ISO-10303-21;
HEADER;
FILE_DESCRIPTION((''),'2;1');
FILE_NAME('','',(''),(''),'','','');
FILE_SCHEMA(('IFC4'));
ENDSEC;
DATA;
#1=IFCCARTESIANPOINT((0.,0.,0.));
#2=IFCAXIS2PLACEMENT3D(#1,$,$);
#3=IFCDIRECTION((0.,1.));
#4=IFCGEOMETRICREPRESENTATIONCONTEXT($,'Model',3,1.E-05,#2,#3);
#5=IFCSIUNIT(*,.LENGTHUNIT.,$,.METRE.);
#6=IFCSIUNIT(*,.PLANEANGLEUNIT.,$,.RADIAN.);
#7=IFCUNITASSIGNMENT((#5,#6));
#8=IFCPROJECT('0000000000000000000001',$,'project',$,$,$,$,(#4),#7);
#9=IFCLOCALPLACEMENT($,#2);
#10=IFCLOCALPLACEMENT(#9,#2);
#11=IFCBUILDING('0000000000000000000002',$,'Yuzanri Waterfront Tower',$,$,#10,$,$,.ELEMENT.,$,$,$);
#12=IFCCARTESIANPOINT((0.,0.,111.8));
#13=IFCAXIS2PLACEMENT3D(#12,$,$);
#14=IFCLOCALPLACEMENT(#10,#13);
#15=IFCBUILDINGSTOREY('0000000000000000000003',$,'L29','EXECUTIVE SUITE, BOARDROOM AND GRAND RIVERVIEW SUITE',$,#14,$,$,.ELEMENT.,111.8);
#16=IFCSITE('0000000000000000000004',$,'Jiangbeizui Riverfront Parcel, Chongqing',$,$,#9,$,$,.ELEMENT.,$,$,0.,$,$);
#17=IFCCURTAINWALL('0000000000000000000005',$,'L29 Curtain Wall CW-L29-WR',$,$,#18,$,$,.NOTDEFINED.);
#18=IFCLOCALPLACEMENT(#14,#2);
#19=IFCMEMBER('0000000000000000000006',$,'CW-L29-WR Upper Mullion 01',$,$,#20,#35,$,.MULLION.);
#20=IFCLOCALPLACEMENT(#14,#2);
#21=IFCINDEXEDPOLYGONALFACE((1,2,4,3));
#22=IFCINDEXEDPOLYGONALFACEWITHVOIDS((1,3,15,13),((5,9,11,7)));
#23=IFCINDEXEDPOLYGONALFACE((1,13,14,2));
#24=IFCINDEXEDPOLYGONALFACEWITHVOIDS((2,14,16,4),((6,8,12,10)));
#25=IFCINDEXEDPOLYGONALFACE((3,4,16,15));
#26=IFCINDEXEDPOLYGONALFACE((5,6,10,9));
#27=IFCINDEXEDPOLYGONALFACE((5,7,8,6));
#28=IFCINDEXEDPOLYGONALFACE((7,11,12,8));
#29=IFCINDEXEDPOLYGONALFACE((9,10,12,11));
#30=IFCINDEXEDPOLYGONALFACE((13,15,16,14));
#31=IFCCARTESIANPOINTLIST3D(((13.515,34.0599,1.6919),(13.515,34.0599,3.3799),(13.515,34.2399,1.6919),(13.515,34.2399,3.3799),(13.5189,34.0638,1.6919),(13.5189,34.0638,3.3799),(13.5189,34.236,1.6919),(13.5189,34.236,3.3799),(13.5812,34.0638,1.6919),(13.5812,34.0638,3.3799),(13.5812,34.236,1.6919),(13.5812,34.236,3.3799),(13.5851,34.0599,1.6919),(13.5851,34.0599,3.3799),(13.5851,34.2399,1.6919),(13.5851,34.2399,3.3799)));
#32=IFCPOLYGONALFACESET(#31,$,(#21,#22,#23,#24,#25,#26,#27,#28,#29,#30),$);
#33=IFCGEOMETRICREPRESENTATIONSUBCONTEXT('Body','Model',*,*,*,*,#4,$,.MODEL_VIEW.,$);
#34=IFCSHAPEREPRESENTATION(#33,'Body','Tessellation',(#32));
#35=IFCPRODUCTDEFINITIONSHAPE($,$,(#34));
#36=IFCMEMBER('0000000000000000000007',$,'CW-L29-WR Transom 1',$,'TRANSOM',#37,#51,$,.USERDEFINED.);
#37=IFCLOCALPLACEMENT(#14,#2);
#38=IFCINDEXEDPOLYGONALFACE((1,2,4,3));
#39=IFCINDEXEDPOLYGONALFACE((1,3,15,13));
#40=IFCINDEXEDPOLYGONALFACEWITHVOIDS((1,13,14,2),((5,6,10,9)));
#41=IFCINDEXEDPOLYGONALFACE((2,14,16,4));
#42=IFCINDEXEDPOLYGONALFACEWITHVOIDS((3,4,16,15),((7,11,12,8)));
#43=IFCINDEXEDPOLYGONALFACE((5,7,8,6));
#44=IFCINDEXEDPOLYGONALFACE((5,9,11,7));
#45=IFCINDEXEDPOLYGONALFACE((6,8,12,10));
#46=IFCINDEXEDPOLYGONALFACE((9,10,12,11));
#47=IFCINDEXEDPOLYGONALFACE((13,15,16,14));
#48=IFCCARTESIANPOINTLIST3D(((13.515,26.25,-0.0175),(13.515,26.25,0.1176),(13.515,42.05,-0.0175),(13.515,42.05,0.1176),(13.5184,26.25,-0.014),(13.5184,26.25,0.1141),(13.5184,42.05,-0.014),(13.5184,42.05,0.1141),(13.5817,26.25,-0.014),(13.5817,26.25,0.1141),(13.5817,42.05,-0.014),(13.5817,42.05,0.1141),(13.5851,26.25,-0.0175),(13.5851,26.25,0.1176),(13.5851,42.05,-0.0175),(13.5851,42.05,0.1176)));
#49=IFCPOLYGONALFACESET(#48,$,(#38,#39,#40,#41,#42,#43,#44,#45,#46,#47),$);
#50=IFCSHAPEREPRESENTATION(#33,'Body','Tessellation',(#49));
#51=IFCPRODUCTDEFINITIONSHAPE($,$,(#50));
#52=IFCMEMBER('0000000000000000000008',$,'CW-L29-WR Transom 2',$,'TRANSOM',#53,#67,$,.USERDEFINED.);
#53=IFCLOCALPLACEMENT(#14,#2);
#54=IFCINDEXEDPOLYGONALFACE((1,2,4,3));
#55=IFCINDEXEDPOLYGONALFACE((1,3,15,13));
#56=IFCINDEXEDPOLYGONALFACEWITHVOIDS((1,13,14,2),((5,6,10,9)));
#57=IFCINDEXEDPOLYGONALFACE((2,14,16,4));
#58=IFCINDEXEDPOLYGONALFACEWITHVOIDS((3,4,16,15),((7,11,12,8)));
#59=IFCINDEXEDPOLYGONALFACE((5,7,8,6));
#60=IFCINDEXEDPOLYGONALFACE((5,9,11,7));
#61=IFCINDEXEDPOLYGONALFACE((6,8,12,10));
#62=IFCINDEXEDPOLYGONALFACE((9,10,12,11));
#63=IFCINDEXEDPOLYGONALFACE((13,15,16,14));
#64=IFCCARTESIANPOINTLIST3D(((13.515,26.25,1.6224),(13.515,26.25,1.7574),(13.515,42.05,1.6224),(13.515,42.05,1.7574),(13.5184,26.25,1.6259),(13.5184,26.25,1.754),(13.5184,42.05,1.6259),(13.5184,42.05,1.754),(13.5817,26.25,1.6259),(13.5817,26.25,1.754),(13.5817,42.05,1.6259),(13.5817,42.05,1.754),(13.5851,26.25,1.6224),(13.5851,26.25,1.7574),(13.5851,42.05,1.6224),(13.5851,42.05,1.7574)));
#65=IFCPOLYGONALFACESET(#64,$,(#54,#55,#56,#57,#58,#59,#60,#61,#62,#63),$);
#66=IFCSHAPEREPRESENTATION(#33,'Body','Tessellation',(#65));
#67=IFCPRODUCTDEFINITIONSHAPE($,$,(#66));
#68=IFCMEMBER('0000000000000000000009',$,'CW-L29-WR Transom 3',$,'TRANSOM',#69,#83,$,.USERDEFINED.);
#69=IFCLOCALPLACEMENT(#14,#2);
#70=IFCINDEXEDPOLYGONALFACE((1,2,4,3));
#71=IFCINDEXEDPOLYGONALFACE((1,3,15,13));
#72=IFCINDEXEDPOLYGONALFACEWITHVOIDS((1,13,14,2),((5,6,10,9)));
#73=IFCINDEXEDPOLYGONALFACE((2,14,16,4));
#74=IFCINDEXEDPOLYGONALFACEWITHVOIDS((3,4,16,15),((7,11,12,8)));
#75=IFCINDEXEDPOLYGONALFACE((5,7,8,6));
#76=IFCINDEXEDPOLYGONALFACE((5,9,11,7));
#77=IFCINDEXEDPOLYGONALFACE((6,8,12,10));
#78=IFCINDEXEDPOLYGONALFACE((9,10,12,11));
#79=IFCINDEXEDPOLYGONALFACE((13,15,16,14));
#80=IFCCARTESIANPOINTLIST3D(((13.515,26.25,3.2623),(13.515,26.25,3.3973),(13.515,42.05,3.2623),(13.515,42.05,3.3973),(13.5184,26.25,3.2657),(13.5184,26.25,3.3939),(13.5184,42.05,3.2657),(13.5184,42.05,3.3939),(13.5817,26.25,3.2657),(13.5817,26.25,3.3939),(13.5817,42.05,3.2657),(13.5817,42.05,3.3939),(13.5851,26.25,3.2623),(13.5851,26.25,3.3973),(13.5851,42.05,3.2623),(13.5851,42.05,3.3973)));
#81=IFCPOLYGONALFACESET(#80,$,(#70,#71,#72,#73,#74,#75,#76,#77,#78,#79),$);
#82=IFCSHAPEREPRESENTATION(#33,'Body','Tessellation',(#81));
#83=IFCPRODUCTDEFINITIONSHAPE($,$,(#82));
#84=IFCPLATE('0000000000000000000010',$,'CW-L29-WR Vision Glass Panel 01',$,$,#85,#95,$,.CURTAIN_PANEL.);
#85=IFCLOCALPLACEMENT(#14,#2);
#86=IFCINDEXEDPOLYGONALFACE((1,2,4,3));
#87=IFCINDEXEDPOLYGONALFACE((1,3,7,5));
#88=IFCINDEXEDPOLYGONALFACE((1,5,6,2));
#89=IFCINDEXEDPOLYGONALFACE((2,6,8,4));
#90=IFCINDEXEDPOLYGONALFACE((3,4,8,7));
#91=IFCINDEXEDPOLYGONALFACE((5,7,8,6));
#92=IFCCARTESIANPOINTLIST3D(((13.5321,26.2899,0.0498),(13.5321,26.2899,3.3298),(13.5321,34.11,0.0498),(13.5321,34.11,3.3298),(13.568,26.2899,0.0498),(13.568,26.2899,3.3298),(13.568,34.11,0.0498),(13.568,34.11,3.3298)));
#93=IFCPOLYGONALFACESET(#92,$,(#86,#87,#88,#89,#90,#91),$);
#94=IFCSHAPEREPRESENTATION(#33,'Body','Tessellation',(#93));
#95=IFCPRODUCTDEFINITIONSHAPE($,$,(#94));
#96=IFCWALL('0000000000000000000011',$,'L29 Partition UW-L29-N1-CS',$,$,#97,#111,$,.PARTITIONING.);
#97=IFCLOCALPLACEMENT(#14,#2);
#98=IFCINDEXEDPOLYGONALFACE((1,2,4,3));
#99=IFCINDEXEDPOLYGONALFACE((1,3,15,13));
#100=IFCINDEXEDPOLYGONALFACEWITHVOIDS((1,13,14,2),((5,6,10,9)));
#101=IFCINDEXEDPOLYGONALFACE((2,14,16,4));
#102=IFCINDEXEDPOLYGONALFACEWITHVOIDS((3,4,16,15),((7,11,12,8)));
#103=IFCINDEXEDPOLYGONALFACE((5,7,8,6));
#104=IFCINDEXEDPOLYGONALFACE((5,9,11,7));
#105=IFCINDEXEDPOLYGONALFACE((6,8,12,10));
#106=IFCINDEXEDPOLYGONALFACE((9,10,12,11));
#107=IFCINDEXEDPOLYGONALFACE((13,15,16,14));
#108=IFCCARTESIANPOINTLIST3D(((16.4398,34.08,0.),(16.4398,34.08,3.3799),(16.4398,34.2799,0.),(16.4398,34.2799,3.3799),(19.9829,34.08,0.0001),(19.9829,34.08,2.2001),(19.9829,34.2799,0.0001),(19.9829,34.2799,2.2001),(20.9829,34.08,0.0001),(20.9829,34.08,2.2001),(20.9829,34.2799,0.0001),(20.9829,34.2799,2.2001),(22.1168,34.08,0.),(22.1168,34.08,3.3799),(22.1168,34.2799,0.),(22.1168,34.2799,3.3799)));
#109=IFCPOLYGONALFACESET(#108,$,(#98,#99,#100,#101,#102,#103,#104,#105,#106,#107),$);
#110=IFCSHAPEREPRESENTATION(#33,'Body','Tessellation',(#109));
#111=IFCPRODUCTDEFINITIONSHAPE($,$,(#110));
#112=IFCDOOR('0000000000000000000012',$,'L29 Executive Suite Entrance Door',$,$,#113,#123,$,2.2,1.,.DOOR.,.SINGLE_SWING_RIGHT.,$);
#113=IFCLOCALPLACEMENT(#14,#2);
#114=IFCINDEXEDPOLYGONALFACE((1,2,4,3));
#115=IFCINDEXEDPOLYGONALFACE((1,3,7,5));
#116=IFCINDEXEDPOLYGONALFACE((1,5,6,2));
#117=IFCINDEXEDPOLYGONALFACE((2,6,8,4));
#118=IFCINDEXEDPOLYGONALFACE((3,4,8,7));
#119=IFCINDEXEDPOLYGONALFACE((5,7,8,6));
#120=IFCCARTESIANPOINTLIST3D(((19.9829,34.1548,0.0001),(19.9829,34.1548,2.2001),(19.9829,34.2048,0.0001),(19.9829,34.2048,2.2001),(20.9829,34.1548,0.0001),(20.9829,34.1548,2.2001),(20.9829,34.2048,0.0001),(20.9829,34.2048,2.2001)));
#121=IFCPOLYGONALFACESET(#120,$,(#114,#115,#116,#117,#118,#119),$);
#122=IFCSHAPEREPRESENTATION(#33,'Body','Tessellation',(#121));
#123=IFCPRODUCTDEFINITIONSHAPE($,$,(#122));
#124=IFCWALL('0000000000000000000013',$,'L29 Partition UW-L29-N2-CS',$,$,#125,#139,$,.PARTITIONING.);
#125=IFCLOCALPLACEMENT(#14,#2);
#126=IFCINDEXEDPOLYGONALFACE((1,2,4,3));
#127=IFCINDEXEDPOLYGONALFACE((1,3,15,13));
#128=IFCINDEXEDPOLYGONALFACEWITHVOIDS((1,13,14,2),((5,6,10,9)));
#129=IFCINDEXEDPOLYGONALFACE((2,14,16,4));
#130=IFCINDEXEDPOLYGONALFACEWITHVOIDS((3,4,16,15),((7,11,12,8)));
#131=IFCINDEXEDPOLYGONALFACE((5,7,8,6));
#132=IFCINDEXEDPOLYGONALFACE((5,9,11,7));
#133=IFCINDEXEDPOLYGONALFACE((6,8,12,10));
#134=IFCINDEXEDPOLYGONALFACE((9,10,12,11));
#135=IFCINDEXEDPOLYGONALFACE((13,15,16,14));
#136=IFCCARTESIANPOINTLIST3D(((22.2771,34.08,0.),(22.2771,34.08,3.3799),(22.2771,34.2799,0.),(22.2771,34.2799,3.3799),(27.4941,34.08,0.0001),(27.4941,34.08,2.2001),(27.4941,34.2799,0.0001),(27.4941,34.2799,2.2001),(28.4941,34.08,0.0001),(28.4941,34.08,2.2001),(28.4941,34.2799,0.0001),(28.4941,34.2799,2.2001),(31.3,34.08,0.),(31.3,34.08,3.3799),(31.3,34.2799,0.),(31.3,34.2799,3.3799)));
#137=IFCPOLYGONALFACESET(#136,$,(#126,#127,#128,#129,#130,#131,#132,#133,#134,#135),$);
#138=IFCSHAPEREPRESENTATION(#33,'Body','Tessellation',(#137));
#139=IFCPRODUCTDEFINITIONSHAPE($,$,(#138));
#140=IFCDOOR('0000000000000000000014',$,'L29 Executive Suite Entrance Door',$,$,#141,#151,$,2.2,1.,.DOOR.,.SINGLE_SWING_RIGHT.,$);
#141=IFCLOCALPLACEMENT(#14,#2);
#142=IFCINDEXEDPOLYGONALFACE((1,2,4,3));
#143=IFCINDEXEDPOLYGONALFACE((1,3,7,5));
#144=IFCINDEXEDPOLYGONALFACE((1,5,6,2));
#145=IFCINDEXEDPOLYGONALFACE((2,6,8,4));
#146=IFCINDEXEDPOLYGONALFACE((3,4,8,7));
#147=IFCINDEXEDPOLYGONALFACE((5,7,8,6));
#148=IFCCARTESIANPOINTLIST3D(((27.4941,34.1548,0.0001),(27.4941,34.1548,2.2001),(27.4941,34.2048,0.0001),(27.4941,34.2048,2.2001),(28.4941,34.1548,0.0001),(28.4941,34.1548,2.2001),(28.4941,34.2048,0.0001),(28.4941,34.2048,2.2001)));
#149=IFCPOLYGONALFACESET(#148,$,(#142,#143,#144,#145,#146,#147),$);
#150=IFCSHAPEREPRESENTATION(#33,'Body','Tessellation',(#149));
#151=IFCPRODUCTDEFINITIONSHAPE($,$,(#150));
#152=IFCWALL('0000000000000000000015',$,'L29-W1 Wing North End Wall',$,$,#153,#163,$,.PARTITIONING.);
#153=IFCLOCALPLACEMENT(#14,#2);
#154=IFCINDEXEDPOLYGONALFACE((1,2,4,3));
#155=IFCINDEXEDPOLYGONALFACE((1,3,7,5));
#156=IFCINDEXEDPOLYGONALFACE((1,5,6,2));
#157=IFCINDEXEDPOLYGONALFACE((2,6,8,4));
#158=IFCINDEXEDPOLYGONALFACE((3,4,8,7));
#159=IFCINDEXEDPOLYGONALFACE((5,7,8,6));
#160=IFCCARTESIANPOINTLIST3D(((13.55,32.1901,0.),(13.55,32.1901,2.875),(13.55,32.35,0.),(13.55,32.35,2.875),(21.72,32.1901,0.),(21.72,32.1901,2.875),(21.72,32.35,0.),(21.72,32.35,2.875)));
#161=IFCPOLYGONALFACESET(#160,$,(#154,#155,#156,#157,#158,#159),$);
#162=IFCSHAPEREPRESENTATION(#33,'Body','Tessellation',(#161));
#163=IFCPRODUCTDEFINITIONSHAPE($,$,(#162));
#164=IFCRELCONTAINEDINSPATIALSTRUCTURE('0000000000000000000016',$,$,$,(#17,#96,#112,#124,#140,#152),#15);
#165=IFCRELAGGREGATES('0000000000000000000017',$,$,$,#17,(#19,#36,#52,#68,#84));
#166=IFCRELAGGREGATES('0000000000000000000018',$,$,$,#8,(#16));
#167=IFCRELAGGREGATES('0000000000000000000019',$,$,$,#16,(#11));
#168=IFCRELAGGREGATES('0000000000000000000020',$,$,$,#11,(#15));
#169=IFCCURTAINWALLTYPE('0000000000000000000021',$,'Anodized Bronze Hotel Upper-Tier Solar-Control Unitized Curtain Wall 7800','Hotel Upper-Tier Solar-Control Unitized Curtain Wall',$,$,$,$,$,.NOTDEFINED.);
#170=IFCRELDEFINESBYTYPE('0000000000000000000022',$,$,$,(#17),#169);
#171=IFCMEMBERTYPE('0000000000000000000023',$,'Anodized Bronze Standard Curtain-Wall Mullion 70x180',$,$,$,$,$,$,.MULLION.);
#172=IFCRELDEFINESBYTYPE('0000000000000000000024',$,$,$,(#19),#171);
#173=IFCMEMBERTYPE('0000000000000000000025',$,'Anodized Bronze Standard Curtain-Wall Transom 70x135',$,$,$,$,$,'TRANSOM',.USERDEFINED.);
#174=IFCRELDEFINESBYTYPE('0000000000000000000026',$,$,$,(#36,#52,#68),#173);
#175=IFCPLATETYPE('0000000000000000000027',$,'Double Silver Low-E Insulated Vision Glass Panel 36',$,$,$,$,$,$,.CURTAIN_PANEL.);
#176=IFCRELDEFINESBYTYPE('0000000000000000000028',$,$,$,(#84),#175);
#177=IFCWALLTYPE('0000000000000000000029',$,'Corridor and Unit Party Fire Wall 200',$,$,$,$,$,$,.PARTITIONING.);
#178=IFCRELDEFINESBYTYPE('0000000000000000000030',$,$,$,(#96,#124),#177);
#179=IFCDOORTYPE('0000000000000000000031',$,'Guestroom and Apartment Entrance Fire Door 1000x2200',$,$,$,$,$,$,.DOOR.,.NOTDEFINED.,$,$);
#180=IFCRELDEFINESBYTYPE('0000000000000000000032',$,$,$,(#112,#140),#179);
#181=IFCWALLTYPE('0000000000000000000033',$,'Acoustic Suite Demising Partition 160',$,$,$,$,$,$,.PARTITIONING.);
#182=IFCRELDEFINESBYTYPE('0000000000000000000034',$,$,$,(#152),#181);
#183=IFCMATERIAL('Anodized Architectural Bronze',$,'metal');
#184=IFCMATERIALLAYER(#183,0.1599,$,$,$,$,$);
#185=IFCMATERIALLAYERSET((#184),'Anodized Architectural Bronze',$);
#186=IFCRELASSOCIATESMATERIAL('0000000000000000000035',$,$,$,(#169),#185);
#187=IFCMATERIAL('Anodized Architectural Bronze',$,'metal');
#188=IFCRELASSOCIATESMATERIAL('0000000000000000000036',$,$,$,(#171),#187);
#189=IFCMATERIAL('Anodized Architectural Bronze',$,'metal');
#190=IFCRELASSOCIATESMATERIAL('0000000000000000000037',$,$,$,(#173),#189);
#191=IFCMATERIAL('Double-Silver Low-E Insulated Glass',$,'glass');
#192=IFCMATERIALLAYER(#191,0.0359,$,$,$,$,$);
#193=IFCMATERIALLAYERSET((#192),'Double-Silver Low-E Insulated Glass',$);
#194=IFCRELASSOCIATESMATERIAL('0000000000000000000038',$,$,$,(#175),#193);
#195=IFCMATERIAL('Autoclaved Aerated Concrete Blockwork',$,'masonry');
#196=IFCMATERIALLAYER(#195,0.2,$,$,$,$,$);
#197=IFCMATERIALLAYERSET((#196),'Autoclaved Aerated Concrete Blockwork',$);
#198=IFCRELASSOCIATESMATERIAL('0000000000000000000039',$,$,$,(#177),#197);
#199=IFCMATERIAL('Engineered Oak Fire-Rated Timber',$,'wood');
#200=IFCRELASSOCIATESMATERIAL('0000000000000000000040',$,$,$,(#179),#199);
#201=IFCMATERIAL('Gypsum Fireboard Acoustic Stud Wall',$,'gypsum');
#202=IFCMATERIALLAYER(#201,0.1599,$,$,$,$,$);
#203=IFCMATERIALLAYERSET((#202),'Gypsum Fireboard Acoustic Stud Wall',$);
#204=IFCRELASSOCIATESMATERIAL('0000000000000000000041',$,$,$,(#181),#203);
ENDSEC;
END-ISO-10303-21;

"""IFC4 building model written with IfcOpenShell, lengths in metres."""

from ifc_helpers import new_model, si_unit, direction, frame, frame_2d, origin, origin_2d, place, context, subcontext, project, spatial, rectangle, hollow_rectangle, extrude, source, transform, mapped, material, layer, layer_set, material_profile, profile_set, type_object, element, fill, aggregate, save


model = new_model("IFC4")

# Units and contexts
model_context = context("Model", 3, precision=1e-05, world=origin(), true_north=direction((0.0, 1.0)))
body_context = subcontext(model_context, "Body", "Model", "MODEL_VIEW")
ifc_project = project(units=[si_unit("LENGTHUNIT", "METRE"), si_unit("PLANEANGLEUNIT", "RADIAN")], contexts=[model_context])

# Site, building, storey
site_placement = place(None, origin())
site = spatial("IfcSite", under=ifc_project, at=site_placement, Name="Jiangbeizui Riverfront Parcel, Chongqing", CompositionType="ELEMENT", RefElevation=0.0)
building_placement = place(site_placement, origin())
building = spatial("IfcBuilding", under=site, at=building_placement, Name="Yuzanri Waterfront Tower", CompositionType="ELEMENT")
storey_placement = place(building_placement, frame((0.0, 0.0, 111.8)))
storey = spatial("IfcBuildingStorey", under=building, at=storey_placement, Name="L29", Description="EXECUTIVE SUITE, BOARDROOM AND GRAND RIVERVIEW SUITE", CompositionType="ELEMENT", Elevation=111.8)

# Curtain wall, members, plate
ifc_material_1 = material(Name="Anodized Architectural Bronze", Category="metal")
ifc_layer_1 = layer(ifc_material_1, 0.1599)
ifc_layer_set_1 = layer_set([ifc_layer_1], Name="Anodized Architectural Bronze")
curtain_wall_type = type_object("IfcCurtainWallType", Name="Anodized Bronze Hotel Upper-Tier Solar-Control Unitized Curtain Wall 7800", Description="Hotel Upper-Tier Solar-Control Unitized Curtain Wall", PredefinedType="NOTDEFINED", material=ifc_layer_set_1)
curtain_wall_placement = place(storey_placement, origin())
curtain_wall = element("IfcCurtainWall", 1, at=curtain_wall_placement, inside=storey, type_object=curtain_wall_type, Name="L29 Curtain Wall CW-L29-WR", PredefinedType="NOTDEFINED")
ifc_material_2 = material(Name="Anodized Architectural Bronze", Category="metal")
ifc_material_profile_1 = material_profile(ifc_material_2, hollow_rectangle(XDim=0.0701, YDim=0.1799, WallThickness=0.0039, at=origin_2d()), Name="CWM 70x180")
ifc_profile_set_1 = profile_set([ifc_material_profile_1], Name="Anodized Architectural Bronze")
member_type_1 = type_object("IfcMemberType", Name="Anodized Bronze Standard Curtain-Wall Mullion 70x180", PredefinedType="MULLION", material=ifc_profile_set_1)
shared_shape_1 = source(origin(), body_context, "Body", "SweptSolid", [
    extrude(hollow_rectangle(XDim=0.0701, YDim=0.1799, WallThickness=0.0039, at=origin_2d()), origin(), (0.0, 0.0, 1.0), 1.688),
])
member_1_placement = place(storey_placement, frame((13.55, 34.1499, 1.6919), z_axis=(0.0, 0.0, 1.0), x_axis=(1.0, 0.0, 0.0)))
member_1 = element("IfcMember", 2, at=member_1_placement, type_object=member_type_1, Name="CW-L29-WR Upper Mullion 01", PredefinedType="MULLION", context=body_context, shape_type="MappedRepresentation", body=[
    mapped(shared_shape_1, transform((0.0, 0.0, 0.0), scale=1.0)),
])
ifc_material_3 = material(Name="Anodized Architectural Bronze", Category="metal")
ifc_material_profile_2 = material_profile(ifc_material_3, hollow_rectangle(XDim=0.0701, YDim=0.135, WallThickness=0.0034, at=origin_2d()), Name="CWT 70x135")
ifc_profile_set_2 = profile_set([ifc_material_profile_2], Name="Anodized Architectural Bronze")
member_type_2 = type_object("IfcMemberType", Name="Anodized Bronze Standard Curtain-Wall Transom 70x135", ElementType="TRANSOM", PredefinedType="USERDEFINED", material=ifc_profile_set_2)
shared_shape_2 = source(origin(), body_context, "Body", "SweptSolid", [
    extrude(hollow_rectangle(XDim=0.0701, YDim=0.135, WallThickness=0.0034, at=origin_2d()), origin(), (0.0, 0.0, 1.0), 15.8),
])
member_2_placement = place(storey_placement, frame((13.55, 26.25, 0.05), z_axis=(0.0, 1.0, 0.0), x_axis=(-1.0, 0.0, 0.0)))
member_2 = element("IfcMember", 3, at=member_2_placement, type_object=member_type_2, Name="CW-L29-WR Transom 1", ObjectType="TRANSOM", PredefinedType="USERDEFINED", context=body_context, shape_type="MappedRepresentation", body=[
    mapped(shared_shape_2, transform((0.0, 0.0, 0.0), scale=1.0)),
])
member_3_placement = place(storey_placement, frame((13.55, 26.25, 1.6899), z_axis=(0.0, 1.0, 0.0), x_axis=(-1.0, 0.0, 0.0)))
member_3 = element("IfcMember", 4, at=member_3_placement, type_object=member_type_2, Name="CW-L29-WR Transom 2", ObjectType="TRANSOM", PredefinedType="USERDEFINED", context=body_context, shape_type="MappedRepresentation", body=[
    mapped(shared_shape_2, transform((0.0, 0.0, 0.0), scale=1.0)),
])
member_4_placement = place(storey_placement, frame((13.55, 26.25, 3.3298), z_axis=(0.0, 1.0, 0.0), x_axis=(-1.0, 0.0, 0.0)))
member_4 = element("IfcMember", 5, at=member_4_placement, type_object=member_type_2, Name="CW-L29-WR Transom 3", ObjectType="TRANSOM", PredefinedType="USERDEFINED", context=body_context, shape_type="MappedRepresentation", body=[
    mapped(shared_shape_2, transform((0.0, 0.0, 0.0), scale=1.0)),
])
ifc_material_4 = material(Name="Double-Silver Low-E Insulated Glass", Category="glass")
ifc_layer_2 = layer(ifc_material_4, 0.0359)
ifc_layer_set_2 = layer_set([ifc_layer_2], Name="Double-Silver Low-E Insulated Glass")
plate_type = type_object("IfcPlateType", Name="Double Silver Low-E Insulated Vision Glass Panel 36", PredefinedType="CURTAIN_PANEL", material=ifc_layer_set_2)
shared_shape_3 = source(origin(), body_context, "Body", "SweptSolid", [
    extrude(rectangle(XDim=7.8201, YDim=0.0359, at=origin_2d()), origin(), (0.0, 0.0, 1.0), 3.28),
])
plate_placement = place(storey_placement, frame((13.55, 30.2, 0.0498), z_axis=(0.0, 0.0, 1.0), x_axis=(0.0, 1.0, 0.0)))
plate = element("IfcPlate", 6, at=plate_placement, type_object=plate_type, Name="CW-L29-WR Vision Glass Panel 01", PredefinedType="CURTAIN_PANEL", context=body_context, shape_type="MappedRepresentation", body=[
    mapped(shared_shape_3, transform((0.0, 0.0, 0.0), scale=1.0)),
])
aggregate(curtain_wall, [member_1, member_2, member_3, member_4, plate])

# Walls, openings, doors
ifc_material_5 = material(Name="Autoclaved Aerated Concrete Blockwork", Category="masonry")
ifc_layer_3 = layer(ifc_material_5, 0.2)
ifc_layer_set_3 = layer_set([ifc_layer_3], Name="Autoclaved Aerated Concrete Blockwork")
wall_type_1 = type_object("IfcWallType", Name="Corridor and Unit Party Fire Wall 200", PredefinedType="PARTITIONING", material=ifc_layer_set_3)
wall_1_placement = place(storey_placement, frame((16.4399, 34.1799, 0.0), z_axis=(0.0, 0.0, 1.0), x_axis=(1.0, 0.0, 0.0)))
wall_1 = element("IfcWall", 7, at=wall_1_placement, inside=storey, type_object=wall_type_1, Name="L29 Partition UW-L29-N1-CS", PredefinedType="PARTITIONING", context=body_context, shape_type="SweptSolid", body=[
    extrude(rectangle(XDim=5.677, YDim=0.2, at=frame_2d((2.8384, 0.0))), origin(), (0.0, 0.0, 1.0), 3.3799),
])
opening_1_placement = place(wall_1_placement, frame((3.543, 0.0, 0.0)))
opening_1 = element("IfcOpeningElement", 8, at=opening_1_placement, cuts=wall_1, PredefinedType="OPENING", context=body_context, shape_type="SweptSolid", body=[
    extrude(rectangle(XDim=1.0, YDim=2.2, at=frame_2d((0.5, 1.1001))), frame((0.0, 0.1147, 0.0), z_axis=(0.0, -1.0, 0.0), x_axis=(1.0, 0.0, 0.0)), (0.0, 0.0, 1.0), 0.2297),
])
ifc_material_6 = material(Name="Engineered Oak Fire-Rated Timber", Category="wood")
door_type_1 = type_object("IfcDoorType", Name="Guestroom and Apartment Entrance Fire Door 1000x2200", OperationType="NOTDEFINED", PredefinedType="DOOR", material=ifc_material_6)
shared_shape_4 = source(origin(), body_context, "Body", "SweptSolid", [
    extrude(rectangle(XDim=1.0, YDim=2.2, at=frame_2d((0.5, 1.1001))), frame((0.0, 0.0249, 0.0), z_axis=(0.0, -1.0, 0.0), x_axis=(1.0, 0.0, 0.0)), (0.0, 0.0, 1.0), 0.05),
])
door_1_placement = place(opening_1_placement, origin())
door_1 = element("IfcDoor", 9, at=door_1_placement, inside=storey, type_object=door_type_1, Name="L29 Executive Suite Entrance Door", OperationType="SINGLE_SWING_RIGHT", OverallHeight=2.2, OverallWidth=1.0, PredefinedType="DOOR", context=body_context, shape_type="MappedRepresentation", body=[
    mapped(shared_shape_4, transform((0.0, 0.0, 0.0), scale=1.0)),
])
fill(opening_1, door_1)
wall_2_placement = place(storey_placement, frame((22.2771, 34.1799, 0.0), z_axis=(0.0, 0.0, 1.0), x_axis=(1.0, 0.0, 0.0)))
wall_2 = element("IfcWall", 10, at=wall_2_placement, inside=storey, type_object=wall_type_1, Name="L29 Partition UW-L29-N2-CS", PredefinedType="PARTITIONING", context=body_context, shape_type="SweptSolid", body=[
    extrude(rectangle(XDim=9.0229, YDim=0.2, at=frame_2d((4.5115, 0.0))), origin(), (0.0, 0.0, 1.0), 3.3799),
])
opening_2_placement = place(wall_2_placement, frame((5.217, 0.0, 0.0)))
opening_2 = element("IfcOpeningElement", 11, at=opening_2_placement, cuts=wall_2, PredefinedType="OPENING", context=body_context, shape_type="SweptSolid", body=[
    extrude(rectangle(XDim=1.0, YDim=2.2, at=frame_2d((0.5, 1.1001))), frame((0.0, 0.1147, 0.0), z_axis=(0.0, -1.0, 0.0), x_axis=(1.0, 0.0, 0.0)), (0.0, 0.0, 1.0), 0.2297),
])
door_2_placement = place(opening_2_placement, origin())
door_2 = element("IfcDoor", 12, at=door_2_placement, inside=storey, type_object=door_type_1, Name="L29 Executive Suite Entrance Door", OperationType="SINGLE_SWING_RIGHT", OverallHeight=2.2, OverallWidth=1.0, PredefinedType="DOOR", context=body_context, shape_type="MappedRepresentation", body=[
    mapped(shared_shape_4, transform((0.0, 0.0, 0.0), scale=1.0)),
])
fill(opening_2, door_2)

# Wall
ifc_material_7 = material(Name="Gypsum Fireboard Acoustic Stud Wall", Category="gypsum")
ifc_layer_4 = layer(ifc_material_7, 0.1599)
ifc_layer_set_4 = layer_set([ifc_layer_4], Name="Gypsum Fireboard Acoustic Stud Wall")
wall_type_2 = type_object("IfcWallType", Name="Acoustic Suite Demising Partition 160", PredefinedType="PARTITIONING", material=ifc_layer_set_4)
shared_shape_5 = source(origin(), body_context, "Body", "SweptSolid", [
    extrude(rectangle(XDim=8.1699, YDim=0.1599, at=frame_2d((4.085, 0.0))), origin(), (0.0, 0.0, 1.0), 2.875),
])
wall_3_placement = place(storey_placement, frame((13.55, 32.27, 0.0), z_axis=(0.0, 0.0, 1.0), x_axis=(1.0, 0.0, 0.0)))
element("IfcWall", 13, at=wall_3_placement, inside=storey, type_object=wall_type_2, Name="L29-W1 Wing North End Wall", PredefinedType="PARTITIONING", context=body_context, shape_type="MappedRepresentation", body=[
    mapped(shared_shape_5, transform((0.0, 0.0, 0.0), scale=1.0)),
])

save(model, "model.ifc")
